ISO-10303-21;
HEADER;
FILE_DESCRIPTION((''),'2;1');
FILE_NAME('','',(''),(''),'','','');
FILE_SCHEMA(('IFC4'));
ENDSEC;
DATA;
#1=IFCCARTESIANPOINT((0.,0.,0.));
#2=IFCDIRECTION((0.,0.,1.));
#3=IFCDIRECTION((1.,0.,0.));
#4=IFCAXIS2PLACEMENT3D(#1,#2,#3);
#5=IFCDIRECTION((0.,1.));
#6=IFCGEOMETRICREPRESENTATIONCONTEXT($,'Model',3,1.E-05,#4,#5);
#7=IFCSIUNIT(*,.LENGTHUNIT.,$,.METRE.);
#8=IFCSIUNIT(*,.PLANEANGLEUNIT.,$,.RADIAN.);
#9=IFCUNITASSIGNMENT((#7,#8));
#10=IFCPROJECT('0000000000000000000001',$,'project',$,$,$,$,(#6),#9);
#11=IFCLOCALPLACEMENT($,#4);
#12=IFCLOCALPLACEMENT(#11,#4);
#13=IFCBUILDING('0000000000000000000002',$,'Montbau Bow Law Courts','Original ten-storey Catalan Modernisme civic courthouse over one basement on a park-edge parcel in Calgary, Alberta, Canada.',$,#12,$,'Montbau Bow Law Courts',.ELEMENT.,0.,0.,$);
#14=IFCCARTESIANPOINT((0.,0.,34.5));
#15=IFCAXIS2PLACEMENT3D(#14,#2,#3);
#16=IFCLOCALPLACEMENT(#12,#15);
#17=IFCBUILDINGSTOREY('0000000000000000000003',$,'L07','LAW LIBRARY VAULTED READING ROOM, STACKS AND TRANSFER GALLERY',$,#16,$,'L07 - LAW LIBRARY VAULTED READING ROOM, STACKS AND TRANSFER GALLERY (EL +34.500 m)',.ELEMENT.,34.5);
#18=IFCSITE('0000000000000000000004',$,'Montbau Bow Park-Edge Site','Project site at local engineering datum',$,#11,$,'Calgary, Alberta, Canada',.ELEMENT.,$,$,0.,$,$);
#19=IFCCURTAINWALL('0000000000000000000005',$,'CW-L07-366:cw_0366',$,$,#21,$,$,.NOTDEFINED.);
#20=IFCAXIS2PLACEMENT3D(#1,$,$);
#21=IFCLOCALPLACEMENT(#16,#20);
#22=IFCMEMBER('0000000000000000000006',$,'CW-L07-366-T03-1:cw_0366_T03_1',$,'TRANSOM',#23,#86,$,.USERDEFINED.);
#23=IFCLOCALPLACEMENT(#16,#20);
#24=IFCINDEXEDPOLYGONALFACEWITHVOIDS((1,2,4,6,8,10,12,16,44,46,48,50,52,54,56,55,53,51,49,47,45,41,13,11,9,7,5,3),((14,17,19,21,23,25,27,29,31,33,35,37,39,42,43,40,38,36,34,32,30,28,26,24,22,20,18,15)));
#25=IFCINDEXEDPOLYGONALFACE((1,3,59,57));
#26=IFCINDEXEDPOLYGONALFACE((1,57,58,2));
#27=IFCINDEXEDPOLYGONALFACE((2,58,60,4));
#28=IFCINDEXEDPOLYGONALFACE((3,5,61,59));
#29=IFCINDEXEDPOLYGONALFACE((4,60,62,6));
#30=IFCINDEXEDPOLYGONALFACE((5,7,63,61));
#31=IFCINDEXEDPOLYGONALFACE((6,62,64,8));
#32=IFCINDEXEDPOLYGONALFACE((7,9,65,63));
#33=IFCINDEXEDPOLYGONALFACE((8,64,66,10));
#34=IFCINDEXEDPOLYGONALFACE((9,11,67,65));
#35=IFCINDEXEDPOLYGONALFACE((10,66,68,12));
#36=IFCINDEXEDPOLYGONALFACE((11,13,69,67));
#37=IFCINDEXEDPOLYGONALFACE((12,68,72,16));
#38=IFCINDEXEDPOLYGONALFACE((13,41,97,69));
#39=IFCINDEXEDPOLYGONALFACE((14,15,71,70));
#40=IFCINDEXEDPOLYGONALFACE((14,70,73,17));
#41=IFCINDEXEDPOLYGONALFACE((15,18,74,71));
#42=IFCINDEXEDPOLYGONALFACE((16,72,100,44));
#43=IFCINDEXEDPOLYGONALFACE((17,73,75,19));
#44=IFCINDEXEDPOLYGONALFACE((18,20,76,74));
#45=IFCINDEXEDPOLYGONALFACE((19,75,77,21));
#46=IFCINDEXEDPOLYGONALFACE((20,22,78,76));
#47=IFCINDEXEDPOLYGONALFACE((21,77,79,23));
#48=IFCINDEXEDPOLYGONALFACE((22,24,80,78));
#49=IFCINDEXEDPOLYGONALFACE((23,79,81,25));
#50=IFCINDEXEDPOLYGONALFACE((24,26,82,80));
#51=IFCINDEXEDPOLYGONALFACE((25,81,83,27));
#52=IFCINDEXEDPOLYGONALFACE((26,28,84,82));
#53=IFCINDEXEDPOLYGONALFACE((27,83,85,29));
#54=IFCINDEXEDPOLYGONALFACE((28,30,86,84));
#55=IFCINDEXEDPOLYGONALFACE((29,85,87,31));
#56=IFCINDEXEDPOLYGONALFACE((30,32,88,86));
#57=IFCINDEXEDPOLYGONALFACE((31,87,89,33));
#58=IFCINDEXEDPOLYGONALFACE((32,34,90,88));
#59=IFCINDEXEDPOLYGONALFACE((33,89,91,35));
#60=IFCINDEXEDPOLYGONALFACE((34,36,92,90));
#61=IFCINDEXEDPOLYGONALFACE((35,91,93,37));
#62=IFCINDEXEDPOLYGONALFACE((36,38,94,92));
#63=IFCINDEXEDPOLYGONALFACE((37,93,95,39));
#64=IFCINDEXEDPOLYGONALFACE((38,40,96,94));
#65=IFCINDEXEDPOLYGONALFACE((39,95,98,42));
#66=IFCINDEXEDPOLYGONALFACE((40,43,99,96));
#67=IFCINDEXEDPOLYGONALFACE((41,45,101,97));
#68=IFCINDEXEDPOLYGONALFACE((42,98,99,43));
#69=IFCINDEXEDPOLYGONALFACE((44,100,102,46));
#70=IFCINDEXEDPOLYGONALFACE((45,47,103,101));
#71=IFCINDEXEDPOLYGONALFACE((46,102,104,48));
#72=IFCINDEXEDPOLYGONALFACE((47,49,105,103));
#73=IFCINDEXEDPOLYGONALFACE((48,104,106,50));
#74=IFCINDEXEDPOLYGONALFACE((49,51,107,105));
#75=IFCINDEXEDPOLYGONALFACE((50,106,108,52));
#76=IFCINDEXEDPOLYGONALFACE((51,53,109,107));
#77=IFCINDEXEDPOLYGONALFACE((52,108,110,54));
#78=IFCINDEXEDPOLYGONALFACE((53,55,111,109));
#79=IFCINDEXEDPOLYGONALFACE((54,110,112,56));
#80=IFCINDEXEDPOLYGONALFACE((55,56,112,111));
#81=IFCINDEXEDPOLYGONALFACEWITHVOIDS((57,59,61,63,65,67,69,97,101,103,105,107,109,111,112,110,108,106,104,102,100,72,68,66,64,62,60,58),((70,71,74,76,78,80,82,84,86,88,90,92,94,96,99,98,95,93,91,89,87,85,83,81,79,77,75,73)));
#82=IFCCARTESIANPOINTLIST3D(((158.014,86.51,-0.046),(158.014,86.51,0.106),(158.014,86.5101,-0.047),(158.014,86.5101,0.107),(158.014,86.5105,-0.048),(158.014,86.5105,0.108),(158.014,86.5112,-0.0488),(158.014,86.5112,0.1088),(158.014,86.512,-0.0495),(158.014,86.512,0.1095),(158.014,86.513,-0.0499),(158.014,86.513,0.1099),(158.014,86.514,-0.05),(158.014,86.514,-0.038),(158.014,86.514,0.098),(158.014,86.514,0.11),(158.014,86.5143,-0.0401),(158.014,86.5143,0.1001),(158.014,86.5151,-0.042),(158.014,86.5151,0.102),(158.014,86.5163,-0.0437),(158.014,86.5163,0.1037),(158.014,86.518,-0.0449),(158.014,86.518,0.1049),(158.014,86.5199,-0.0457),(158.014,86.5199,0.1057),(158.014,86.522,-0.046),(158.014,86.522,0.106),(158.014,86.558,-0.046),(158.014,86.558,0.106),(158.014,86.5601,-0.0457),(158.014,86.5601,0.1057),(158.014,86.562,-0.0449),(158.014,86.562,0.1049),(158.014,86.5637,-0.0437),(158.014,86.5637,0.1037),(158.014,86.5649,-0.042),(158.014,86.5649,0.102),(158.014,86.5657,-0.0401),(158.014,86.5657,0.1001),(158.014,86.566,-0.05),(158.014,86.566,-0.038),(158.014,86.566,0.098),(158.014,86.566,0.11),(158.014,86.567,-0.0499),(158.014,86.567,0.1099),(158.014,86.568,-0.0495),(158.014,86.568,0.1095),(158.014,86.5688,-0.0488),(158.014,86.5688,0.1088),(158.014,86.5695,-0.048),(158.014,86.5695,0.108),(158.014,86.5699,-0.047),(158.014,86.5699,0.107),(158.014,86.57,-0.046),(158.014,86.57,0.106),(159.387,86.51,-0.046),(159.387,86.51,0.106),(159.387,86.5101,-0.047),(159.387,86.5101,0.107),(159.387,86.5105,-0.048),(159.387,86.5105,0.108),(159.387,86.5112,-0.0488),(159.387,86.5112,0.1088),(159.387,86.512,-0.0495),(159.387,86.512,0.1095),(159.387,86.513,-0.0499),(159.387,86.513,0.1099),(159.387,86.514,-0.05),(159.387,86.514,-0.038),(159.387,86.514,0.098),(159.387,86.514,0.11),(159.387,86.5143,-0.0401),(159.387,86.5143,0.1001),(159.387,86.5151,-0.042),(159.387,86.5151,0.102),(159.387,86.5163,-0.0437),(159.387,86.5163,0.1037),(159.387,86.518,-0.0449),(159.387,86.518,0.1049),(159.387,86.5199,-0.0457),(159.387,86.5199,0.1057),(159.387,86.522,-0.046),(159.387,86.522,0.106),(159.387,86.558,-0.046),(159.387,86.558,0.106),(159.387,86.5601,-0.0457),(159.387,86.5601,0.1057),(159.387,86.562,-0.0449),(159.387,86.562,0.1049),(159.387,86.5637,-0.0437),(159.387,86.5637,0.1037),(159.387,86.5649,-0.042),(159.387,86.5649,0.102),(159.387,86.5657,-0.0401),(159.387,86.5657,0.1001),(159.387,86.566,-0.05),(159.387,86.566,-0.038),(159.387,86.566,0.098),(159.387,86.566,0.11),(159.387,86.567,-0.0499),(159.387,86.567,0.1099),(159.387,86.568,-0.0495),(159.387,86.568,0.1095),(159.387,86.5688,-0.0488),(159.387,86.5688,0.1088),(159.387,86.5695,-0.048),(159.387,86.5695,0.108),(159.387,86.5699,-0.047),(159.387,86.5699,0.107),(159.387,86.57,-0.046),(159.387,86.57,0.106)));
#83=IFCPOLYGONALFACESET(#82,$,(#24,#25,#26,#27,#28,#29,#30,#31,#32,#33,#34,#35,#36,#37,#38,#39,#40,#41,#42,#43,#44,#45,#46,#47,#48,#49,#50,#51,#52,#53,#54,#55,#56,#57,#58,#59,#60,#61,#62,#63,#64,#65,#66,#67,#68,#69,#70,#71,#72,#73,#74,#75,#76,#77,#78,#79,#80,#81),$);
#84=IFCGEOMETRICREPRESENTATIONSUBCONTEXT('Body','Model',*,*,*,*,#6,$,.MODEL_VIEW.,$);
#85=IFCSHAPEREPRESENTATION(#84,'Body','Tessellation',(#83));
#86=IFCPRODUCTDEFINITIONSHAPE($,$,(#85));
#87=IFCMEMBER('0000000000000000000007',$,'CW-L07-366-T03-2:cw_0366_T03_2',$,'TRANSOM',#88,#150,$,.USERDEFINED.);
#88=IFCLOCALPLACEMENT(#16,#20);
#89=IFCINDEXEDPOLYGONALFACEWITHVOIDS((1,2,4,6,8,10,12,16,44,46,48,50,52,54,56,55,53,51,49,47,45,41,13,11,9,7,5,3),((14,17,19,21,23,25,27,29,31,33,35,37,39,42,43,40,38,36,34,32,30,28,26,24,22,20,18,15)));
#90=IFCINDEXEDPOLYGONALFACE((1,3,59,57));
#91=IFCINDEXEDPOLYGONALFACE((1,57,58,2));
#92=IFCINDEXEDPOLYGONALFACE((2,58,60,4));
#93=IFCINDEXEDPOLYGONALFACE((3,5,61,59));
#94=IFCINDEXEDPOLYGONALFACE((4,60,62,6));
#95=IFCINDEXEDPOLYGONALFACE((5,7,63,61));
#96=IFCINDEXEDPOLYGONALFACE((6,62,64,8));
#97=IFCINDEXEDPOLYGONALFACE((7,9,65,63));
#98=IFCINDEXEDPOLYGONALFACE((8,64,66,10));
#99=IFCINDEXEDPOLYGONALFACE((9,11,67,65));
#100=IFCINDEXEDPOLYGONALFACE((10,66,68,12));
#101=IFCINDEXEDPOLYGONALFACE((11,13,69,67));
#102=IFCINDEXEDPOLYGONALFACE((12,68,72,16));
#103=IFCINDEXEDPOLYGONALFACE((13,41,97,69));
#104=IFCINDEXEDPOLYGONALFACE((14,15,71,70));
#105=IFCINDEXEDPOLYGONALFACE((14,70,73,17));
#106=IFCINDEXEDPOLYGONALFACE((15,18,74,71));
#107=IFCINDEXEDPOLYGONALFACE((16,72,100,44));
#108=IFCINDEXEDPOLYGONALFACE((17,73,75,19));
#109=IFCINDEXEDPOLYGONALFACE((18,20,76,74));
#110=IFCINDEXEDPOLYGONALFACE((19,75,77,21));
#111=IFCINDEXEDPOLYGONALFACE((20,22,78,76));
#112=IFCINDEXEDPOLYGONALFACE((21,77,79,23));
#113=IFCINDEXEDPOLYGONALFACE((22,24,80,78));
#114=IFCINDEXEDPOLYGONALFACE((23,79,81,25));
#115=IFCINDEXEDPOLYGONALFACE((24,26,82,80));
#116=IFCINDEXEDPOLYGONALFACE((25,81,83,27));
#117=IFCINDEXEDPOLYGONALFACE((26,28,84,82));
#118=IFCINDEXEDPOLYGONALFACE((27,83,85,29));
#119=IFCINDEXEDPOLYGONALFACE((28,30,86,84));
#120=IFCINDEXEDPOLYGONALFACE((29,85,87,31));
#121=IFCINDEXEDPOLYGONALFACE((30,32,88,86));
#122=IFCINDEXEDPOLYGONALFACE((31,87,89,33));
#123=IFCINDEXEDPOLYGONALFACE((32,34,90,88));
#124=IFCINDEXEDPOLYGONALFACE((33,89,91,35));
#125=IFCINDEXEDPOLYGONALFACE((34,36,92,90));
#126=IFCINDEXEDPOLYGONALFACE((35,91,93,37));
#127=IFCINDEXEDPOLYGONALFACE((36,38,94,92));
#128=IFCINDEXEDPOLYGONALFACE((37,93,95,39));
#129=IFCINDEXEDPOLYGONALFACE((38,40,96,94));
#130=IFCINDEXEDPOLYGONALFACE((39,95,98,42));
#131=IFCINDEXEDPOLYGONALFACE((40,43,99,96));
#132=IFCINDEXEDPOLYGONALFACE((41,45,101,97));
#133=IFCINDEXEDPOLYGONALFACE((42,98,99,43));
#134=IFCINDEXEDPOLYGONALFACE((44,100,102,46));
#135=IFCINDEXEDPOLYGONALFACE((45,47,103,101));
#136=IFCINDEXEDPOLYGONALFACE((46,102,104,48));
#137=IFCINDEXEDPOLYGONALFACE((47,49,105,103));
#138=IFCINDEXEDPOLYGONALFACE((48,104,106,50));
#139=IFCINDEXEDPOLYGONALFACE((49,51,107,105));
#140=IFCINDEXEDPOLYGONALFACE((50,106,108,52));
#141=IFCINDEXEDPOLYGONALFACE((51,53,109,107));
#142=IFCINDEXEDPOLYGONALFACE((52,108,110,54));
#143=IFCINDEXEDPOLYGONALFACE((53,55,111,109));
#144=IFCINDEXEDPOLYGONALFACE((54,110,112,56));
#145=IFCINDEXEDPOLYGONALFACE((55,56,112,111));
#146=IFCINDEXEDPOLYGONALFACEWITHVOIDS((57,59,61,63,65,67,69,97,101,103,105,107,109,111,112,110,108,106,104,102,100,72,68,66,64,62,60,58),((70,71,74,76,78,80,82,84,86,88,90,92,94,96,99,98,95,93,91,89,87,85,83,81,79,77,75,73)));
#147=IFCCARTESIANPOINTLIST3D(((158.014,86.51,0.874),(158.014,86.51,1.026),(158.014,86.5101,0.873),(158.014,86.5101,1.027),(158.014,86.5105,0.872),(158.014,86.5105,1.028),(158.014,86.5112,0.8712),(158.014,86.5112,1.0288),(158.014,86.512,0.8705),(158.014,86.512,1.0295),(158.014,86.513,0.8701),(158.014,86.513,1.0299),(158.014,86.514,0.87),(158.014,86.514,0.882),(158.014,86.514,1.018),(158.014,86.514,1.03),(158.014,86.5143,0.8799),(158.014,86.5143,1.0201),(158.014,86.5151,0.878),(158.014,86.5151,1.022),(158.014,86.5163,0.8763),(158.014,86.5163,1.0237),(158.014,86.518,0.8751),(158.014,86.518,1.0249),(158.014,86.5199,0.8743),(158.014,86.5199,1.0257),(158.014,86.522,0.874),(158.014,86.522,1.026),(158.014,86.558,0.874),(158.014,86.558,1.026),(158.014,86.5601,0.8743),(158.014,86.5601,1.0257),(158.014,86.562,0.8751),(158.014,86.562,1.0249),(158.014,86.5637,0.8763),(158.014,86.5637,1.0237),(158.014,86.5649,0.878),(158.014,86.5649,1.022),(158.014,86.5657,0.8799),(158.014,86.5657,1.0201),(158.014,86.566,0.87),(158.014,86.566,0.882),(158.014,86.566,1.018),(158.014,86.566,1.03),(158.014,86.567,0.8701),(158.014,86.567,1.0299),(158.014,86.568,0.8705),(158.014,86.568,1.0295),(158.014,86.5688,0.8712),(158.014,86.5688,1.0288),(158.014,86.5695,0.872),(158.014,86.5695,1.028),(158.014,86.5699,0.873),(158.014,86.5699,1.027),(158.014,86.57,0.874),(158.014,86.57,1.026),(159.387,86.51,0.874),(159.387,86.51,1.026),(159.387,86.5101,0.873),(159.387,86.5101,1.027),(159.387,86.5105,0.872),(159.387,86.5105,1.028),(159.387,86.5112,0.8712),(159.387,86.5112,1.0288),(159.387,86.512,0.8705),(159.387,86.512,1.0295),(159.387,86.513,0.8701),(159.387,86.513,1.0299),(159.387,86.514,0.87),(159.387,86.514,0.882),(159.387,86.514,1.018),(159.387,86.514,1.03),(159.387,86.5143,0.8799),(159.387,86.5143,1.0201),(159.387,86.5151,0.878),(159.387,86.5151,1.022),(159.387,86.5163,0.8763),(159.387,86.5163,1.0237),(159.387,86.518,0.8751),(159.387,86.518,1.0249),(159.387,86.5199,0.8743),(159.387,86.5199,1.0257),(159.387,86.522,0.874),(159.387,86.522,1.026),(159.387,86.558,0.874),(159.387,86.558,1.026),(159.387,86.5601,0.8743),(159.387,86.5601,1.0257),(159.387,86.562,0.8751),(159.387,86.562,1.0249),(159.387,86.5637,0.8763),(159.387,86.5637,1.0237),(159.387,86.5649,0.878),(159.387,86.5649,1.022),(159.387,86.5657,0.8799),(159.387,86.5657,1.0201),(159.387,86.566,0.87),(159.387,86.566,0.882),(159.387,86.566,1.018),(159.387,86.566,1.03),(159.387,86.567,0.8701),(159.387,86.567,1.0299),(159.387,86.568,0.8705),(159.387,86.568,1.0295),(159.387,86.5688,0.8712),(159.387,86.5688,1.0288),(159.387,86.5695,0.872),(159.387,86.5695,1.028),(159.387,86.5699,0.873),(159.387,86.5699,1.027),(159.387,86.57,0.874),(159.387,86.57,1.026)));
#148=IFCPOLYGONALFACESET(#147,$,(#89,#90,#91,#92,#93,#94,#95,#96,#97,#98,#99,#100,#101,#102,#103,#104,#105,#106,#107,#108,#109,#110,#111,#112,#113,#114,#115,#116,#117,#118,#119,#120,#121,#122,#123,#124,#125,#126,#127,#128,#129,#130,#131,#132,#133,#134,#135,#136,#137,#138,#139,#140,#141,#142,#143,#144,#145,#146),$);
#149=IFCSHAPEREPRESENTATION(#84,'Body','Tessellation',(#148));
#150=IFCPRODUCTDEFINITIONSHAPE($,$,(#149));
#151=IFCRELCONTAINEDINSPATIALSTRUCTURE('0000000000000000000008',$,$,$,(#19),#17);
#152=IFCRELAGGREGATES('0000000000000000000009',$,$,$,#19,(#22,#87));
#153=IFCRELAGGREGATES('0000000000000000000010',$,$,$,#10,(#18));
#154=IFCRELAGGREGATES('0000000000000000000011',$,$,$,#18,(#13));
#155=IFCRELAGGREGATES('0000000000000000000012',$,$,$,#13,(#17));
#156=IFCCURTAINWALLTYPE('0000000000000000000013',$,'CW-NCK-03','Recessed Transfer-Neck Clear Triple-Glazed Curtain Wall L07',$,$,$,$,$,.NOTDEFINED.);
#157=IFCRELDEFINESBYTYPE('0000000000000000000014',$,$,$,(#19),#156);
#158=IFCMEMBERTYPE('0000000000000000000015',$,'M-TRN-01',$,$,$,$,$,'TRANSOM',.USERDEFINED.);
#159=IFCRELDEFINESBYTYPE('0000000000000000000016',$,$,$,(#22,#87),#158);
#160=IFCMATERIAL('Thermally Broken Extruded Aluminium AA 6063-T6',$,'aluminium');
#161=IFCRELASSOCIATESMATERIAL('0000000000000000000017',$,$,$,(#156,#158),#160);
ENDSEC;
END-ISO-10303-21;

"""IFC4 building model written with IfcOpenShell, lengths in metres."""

from ifc_helpers import new_model, si_unit, direction, frame, origin_with_axes, origin_2d_with_axis, place, context, subcontext, project, spatial, hollow_rectangle, extrude, material, material_profile, profile_set, type_object, element, aggregate, save


model = new_model("IFC4")

# Units and contexts
model_context = context("Model", 3, precision=1e-05, world=origin_with_axes(), true_north=direction((0.0, 1.0)))
body_context = subcontext(model_context, "Body", "Model", "MODEL_VIEW")
ifc_project = project(units=[si_unit("LENGTHUNIT", "METRE"), si_unit("PLANEANGLEUNIT", "RADIAN")], contexts=[model_context])

# Site, building, storey
site_placement = place(None, origin_with_axes())
site = spatial("IfcSite", under=ifc_project, at=site_placement, Name="Montbau Bow Park-Edge Site", Description="Project site at local engineering datum", LongName="Calgary, Alberta, Canada", CompositionType="ELEMENT", RefElevation=0.0)
building_placement = place(site_placement, origin_with_axes())
building = spatial("IfcBuilding", under=site, at=building_placement, Name="Montbau Bow Law Courts", Description="Original ten-storey Catalan Modernisme civic courthouse over one basement on a park-edge parcel in Calgary, Alberta, Canada.", LongName="Montbau Bow Law Courts", CompositionType="ELEMENT", ElevationOfRefHeight=0.0, ElevationOfTerrain=0.0)
storey_placement = place(building_placement, frame((0.0, 0.0, 34.5), z_axis=(0.0, 0.0, 1.0), x_axis=(1.0, 0.0, 0.0)))
storey = spatial("IfcBuildingStorey", under=building, at=storey_placement, Name="L07", Description="LAW LIBRARY VAULTED READING ROOM, STACKS AND TRANSFER GALLERY", LongName="L07 - LAW LIBRARY VAULTED READING ROOM, STACKS AND TRANSFER GALLERY (EL +34.500 m)", CompositionType="ELEMENT", Elevation=34.5)

# Curtain wall
ifc_material_1 = material(Name="Thermally Broken Extruded Aluminium AA 6063-T6", Category="aluminium")
curtain_wall_type = type_object("IfcCurtainWallType", Name="CW-NCK-03", Description="Recessed Transfer-Neck Clear Triple-Glazed Curtain Wall L07", PredefinedType="NOTDEFINED", material=ifc_material_1)
curtain_wall_1_placement = place(None, frame((155.068, 86.54, 34.5), z_axis=(0.0, 0.0, 1.0), x_axis=(1.0, 0.0, 0.0)))
curtain_wall_1 = element("IfcCurtainWall", 1, at=curtain_wall_1_placement, inside=storey, type_object=curtain_wall_type, Name="CW-L07-366:cw_0366", PredefinedType="NOTDEFINED")

# Members
ifc_material_profile_1 = material_profile(ifc_material_1, hollow_rectangle(XDim=0.06, YDim=0.16, WallThickness=0.004, InnerFilletRadius=0.008, OuterFilletRadius=0.004, at=origin_2d_with_axis()), Name="CWT-160X60", Category="Main", Priority=0)
ifc_profile_set_1 = profile_set([ifc_material_profile_1], Name="Thermally Broken Extruded Aluminium AA 6063-T6")
member_type_1 = type_object("IfcMemberType", Name="M-TRN-01", ElementType="TRANSOM", PredefinedType="USERDEFINED", material=ifc_profile_set_1)
member_1_placement = place(None, frame((158.014, 86.54, 34.53), z_axis=(1.0, 0.0, 0.0), x_axis=(0.0, 1.0, 0.0)))
member_1 = element("IfcMember", 2, at=member_1_placement, type_object=member_type_1, Name="CW-L07-366-T03-1:cw_0366_T03_1", ObjectType="TRANSOM", PredefinedType="USERDEFINED", context=body_context, shape_type="SweptSolid", body=[
    extrude(hollow_rectangle(XDim=0.06, YDim=0.16, WallThickness=0.004, InnerFilletRadius=0.008, OuterFilletRadius=0.004, at=origin_2d_with_axis()), origin_with_axes(), (0.0, 0.0, 1.0), 1.373),
])
member_2_placement = place(None, frame((158.014, 86.54, 35.45), z_axis=(1.0, 0.0, 0.0), x_axis=(0.0, 1.0, 0.0)))
member_2 = element("IfcMember", 3, at=member_2_placement, type_object=member_type_1, Name="CW-L07-366-T03-2:cw_0366_T03_2", ObjectType="TRANSOM", PredefinedType="USERDEFINED", context=body_context, shape_type="SweptSolid", body=[
    extrude(hollow_rectangle(XDim=0.06, YDim=0.16, WallThickness=0.004, InnerFilletRadius=0.008, OuterFilletRadius=0.004, at=origin_2d_with_axis()), origin_with_axes(), (0.0, 0.0, 1.0), 1.373),
])

aggregate(curtain_wall_1, [member_1, member_2])

save(model, "model.ifc")
